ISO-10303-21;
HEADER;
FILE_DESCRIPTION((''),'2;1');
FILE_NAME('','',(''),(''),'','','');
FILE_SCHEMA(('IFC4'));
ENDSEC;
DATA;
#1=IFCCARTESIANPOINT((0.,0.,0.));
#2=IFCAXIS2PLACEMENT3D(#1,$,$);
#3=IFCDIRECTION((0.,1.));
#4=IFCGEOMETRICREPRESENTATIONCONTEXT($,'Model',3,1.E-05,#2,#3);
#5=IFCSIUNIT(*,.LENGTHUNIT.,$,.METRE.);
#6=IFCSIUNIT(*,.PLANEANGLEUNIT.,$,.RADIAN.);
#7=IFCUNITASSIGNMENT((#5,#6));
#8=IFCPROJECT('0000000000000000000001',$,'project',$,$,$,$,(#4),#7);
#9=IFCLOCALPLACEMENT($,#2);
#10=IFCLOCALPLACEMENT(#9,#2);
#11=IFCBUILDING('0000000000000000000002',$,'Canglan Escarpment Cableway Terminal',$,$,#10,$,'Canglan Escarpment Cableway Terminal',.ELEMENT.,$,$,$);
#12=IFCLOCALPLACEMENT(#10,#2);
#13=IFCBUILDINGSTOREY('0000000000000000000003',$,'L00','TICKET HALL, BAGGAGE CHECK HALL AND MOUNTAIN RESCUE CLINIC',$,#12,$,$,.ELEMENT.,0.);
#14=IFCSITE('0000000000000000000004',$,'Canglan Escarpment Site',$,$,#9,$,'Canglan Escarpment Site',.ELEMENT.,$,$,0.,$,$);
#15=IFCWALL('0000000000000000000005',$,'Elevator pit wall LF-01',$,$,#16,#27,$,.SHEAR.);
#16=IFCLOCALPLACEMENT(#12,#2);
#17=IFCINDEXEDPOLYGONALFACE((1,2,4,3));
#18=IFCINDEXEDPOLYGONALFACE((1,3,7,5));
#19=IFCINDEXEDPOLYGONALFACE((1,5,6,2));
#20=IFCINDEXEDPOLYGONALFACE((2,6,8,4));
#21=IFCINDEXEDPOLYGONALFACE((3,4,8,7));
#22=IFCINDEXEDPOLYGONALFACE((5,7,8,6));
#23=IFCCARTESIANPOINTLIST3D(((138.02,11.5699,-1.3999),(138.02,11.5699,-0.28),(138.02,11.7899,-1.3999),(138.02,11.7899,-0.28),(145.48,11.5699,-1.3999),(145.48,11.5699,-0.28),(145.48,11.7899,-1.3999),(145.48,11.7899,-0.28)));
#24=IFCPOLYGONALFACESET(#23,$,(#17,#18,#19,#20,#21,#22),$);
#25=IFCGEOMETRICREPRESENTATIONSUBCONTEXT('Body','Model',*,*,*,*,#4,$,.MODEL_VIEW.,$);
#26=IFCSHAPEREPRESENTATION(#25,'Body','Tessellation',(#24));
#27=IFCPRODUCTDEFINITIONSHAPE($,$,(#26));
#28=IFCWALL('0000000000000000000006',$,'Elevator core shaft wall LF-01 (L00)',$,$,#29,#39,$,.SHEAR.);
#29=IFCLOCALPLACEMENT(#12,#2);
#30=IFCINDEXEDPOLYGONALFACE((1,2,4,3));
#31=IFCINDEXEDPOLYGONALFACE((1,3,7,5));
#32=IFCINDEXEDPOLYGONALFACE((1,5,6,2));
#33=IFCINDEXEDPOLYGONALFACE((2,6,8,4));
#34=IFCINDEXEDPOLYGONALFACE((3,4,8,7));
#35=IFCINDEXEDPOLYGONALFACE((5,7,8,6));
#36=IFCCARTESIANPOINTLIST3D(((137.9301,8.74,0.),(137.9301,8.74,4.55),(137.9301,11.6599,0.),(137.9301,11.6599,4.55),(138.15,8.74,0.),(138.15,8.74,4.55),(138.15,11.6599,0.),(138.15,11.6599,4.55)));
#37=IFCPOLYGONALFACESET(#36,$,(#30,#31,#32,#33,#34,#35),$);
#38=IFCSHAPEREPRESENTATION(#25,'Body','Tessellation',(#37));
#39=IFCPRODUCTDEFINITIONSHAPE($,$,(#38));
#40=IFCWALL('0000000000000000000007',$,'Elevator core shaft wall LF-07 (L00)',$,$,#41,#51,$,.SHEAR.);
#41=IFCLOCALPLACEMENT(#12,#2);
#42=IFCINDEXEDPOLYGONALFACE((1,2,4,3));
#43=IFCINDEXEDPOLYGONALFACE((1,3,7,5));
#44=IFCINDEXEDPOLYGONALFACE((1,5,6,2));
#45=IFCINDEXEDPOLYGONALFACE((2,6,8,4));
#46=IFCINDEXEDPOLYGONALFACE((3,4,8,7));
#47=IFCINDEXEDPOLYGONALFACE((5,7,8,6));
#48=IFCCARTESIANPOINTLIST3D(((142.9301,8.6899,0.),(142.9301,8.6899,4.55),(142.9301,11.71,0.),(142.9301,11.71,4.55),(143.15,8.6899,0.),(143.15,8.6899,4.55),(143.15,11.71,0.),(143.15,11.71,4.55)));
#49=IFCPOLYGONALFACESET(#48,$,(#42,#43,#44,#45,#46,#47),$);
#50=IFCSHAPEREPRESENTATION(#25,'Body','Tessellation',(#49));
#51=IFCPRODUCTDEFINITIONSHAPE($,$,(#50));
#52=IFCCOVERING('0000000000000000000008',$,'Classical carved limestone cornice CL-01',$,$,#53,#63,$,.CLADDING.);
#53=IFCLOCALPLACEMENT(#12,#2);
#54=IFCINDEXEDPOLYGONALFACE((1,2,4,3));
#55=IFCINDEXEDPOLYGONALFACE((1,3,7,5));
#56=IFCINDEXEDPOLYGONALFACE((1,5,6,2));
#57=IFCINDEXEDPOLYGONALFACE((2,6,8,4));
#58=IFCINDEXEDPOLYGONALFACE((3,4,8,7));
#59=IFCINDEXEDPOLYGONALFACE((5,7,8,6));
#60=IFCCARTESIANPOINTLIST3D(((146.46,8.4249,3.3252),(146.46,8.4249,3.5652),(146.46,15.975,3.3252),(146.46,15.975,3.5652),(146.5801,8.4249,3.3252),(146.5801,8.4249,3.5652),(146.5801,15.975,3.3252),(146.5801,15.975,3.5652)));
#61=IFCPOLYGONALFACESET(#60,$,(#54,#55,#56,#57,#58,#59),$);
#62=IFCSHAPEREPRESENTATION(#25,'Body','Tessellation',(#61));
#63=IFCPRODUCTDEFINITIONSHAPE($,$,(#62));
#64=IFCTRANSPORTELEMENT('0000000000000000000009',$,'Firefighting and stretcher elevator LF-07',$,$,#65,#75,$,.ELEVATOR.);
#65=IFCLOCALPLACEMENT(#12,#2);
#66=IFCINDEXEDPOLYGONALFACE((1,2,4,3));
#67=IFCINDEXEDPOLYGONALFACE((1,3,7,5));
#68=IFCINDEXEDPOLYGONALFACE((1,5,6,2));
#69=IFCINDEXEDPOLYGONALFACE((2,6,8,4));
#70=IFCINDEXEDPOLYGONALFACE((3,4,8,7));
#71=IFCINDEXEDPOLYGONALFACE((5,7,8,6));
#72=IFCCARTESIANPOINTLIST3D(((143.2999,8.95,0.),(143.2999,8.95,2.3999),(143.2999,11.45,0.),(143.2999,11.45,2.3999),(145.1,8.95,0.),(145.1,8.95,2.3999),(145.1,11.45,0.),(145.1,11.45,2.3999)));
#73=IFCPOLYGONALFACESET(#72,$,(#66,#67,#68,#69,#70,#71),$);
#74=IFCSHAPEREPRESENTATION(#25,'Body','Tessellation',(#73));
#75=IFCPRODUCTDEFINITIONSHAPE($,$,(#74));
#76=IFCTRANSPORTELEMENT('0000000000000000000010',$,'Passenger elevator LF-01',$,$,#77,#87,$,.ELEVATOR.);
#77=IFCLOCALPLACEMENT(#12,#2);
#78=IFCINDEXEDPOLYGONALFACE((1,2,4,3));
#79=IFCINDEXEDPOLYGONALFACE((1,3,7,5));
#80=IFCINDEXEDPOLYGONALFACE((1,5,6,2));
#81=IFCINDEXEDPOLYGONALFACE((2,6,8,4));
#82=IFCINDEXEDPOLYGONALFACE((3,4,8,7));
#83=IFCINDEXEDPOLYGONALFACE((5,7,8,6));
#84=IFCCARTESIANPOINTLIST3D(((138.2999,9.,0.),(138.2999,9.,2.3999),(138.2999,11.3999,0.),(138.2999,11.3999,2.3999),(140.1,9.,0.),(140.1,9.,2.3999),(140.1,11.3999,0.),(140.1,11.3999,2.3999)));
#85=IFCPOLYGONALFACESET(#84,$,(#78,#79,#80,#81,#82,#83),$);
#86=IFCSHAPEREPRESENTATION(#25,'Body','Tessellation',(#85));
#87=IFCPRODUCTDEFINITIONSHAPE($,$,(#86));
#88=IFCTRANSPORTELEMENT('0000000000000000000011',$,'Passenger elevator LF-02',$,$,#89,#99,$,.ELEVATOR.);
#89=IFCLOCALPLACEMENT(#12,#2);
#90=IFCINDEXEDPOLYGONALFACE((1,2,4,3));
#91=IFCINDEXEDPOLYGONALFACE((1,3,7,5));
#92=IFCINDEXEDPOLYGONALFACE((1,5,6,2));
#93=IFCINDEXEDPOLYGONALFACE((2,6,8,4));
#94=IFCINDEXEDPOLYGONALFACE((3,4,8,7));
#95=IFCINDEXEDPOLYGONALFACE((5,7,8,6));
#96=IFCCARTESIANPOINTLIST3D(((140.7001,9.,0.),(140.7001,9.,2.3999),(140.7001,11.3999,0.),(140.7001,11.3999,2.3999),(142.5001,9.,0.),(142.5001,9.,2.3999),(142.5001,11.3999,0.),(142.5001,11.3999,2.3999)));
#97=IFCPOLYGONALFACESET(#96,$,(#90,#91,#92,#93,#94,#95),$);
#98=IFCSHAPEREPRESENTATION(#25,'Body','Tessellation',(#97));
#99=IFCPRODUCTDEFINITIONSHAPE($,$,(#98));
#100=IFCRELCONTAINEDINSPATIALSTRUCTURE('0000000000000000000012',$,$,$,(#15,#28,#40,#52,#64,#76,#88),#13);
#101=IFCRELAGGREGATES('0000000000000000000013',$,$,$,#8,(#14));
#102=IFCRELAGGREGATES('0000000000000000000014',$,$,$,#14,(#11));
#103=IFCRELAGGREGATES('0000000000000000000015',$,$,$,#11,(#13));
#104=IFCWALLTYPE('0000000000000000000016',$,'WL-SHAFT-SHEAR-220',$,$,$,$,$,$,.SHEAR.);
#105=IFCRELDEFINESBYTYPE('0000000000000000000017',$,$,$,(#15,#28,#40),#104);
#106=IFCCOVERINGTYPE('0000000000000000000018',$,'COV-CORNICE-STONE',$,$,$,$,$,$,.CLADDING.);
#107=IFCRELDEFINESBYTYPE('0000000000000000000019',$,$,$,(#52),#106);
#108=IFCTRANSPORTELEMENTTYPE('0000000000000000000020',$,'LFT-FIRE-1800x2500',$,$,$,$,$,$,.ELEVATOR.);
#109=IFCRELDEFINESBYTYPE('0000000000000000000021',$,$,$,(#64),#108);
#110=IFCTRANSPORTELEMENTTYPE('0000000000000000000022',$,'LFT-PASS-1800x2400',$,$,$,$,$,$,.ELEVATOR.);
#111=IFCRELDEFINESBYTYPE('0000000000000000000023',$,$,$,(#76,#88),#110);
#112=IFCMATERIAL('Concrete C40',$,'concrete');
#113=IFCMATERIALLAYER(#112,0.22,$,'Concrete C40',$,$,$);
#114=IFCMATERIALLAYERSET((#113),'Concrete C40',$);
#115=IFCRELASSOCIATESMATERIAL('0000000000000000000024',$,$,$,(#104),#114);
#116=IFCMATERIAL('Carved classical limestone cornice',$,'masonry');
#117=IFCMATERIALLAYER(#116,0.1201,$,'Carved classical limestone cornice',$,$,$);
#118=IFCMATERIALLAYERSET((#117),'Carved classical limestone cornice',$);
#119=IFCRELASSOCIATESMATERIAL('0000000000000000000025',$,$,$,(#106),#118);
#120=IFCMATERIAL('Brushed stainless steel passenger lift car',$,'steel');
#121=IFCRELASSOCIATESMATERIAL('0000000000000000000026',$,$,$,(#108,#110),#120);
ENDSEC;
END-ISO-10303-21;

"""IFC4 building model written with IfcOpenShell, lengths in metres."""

from ifc_helpers import new_model, si_unit, direction, frame, frame_2d, origin, origin_2d, place, context, subcontext, project, spatial, rectangle, extrude, material, layer, layer_set, type_object, element, save


model = new_model("IFC4")

# Units and contexts
model_context = context("Model", 3, precision=1e-05, world=origin(), true_north=direction((0.0, 1.0)))
body_context = subcontext(model_context, "Body", "Model", "MODEL_VIEW")
ifc_project = project(units=[si_unit("LENGTHUNIT", "METRE"), si_unit("PLANEANGLEUNIT", "RADIAN")], contexts=[model_context])

# Site, building, storey
site_placement = place(None, origin())
site = spatial("IfcSite", under=ifc_project, at=site_placement, Name="Canglan Escarpment Site", LongName="Canglan Escarpment Site", CompositionType="ELEMENT", RefElevation=0.0)
building_placement = place(site_placement, origin())
building = spatial("IfcBuilding", under=site, at=building_placement, Name="Canglan Escarpment Cableway Terminal", LongName="Canglan Escarpment Cableway Terminal", CompositionType="ELEMENT")
storey_placement = place(building_placement, origin())
storey = spatial("IfcBuildingStorey", under=building, at=storey_placement, Name="L00", Description="TICKET HALL, BAGGAGE CHECK HALL AND MOUNTAIN RESCUE CLINIC", CompositionType="ELEMENT", Elevation=0.0)

# Shared definitions
ifc_material_1 = material(Name="Concrete C40", Category="concrete")

# Wall
ifc_layer_1 = layer(ifc_material_1, 0.22, Name="Concrete C40")
ifc_layer_set_1 = layer_set([ifc_layer_1], Name="Concrete C40")
wall_type_1 = type_object("IfcWallType", Name="WL-SHAFT-SHEAR-220", PredefinedType="SHEAR", material=ifc_layer_set_1)
wall_1_placement = place(storey_placement, frame((138.02, 11.6799, -1.3999), z_axis=(0.0, 0.0, 1.0), x_axis=(1.0, 0.0, 0.0)))
element("IfcWall", 1, at=wall_1_placement, inside=storey, type_object=wall_type_1, Name="Elevator pit wall LF-01", PredefinedType="SHEAR", context=body_context, shape_type="SweptSolid", body=[
    extrude(rectangle(XDim=7.46, YDim=0.22, at=frame_2d((3.73, 0.0))), origin(), (0.0, 0.0, 1.0), 1.1199),
])

# Wall
wall_2_placement = place(storey_placement, frame((138.04, 11.6599, 0.0), z_axis=(0.0, 0.0, 1.0), x_axis=(0.0, -1.0, 0.0)))
element("IfcWall", 2, at=wall_2_placement, inside=storey, type_object=wall_type_1, Name="Elevator core shaft wall LF-01 (L00)", PredefinedType="SHEAR", context=body_context, shape_type="SweptSolid", body=[
    extrude(rectangle(XDim=2.9199, YDim=0.22, at=frame_2d((1.46, 0.0))), origin(), (0.0, 0.0, 1.0), 4.55),
])

# Wall
wall_3_placement = place(storey_placement, frame((143.04, 11.71, 0.0), z_axis=(0.0, 0.0, 1.0), x_axis=(0.0, -1.0, 0.0)))
element("IfcWall", 3, at=wall_3_placement, inside=storey, type_object=wall_type_1, Name="Elevator core shaft wall LF-07 (L00)", PredefinedType="SHEAR", context=body_context, shape_type="SweptSolid", body=[
    extrude(rectangle(XDim=3.02, YDim=0.22, at=frame_2d((1.51, 0.0))), origin(), (0.0, 0.0, 1.0), 4.55),
])

# Covering
ifc_material_2 = material(Name="Carved classical limestone cornice", Category="masonry")
ifc_layer_2 = layer(ifc_material_2, 0.1201, Name="Carved classical limestone cornice")
ifc_layer_set_2 = layer_set([ifc_layer_2], Name="Carved classical limestone cornice")
covering_type = type_object("IfcCoveringType", Name="COV-CORNICE-STONE", PredefinedType="CLADDING", material=ifc_layer_set_2)
covering_placement = place(storey_placement, frame((146.52, 12.2, 3.3252), z_axis=(0.0, 0.0, 1.0), x_axis=(0.0, 1.0, 0.0)))
element("IfcCovering", 4, at=covering_placement, inside=storey, type_object=covering_type, Name="Classical carved limestone cornice CL-01", PredefinedType="CLADDING", context=body_context, shape_type="SweptSolid", body=[
    extrude(rectangle(XDim=7.55, YDim=0.1201, at=origin_2d()), origin(), (0.0, 0.0, 1.0), 0.24),
])

# Transport elements
ifc_material_3 = material(Name="Brushed stainless steel passenger lift car", Category="steel")
transport_element_type_1 = type_object("IfcTransportElementType", Name="LFT-FIRE-1800x2500", PredefinedType="ELEVATOR", material=ifc_material_3)
transport_element_placement = place(storey_placement, frame((144.2, 10.2, 0.0), z_axis=(0.0, 0.0, 1.0), x_axis=(1.0, 0.0, 0.0)))
element("IfcTransportElement", 5, at=transport_element_placement, inside=storey, type_object=transport_element_type_1, Name="Firefighting and stretcher elevator LF-07", PredefinedType="ELEVATOR", context=body_context, shape_type="SweptSolid", body=[
    extrude(rectangle(XDim=1.8, YDim=2.5, at=origin_2d()), origin(), (0.0, 0.0, 1.0), 2.3999),
])
transport_element_type_2 = type_object("IfcTransportElementType", Name="LFT-PASS-1800x2400", PredefinedType="ELEVATOR", material=ifc_material_3)
for number, where, z_axis, x_axis, name in (
    (6, (139.2, 10.2, 0.0), (0.0, 0.0, 1.0), (1.0, 0.0, 0.0), "Passenger elevator LF-01"),
    (7, (141.6001, 10.2, 0.0), (0.0, 0.0, 1.0), (1.0, 0.0, 0.0), "Passenger elevator LF-02"),
):
    element("IfcTransportElement", number, at=place(storey_placement, frame(where, z_axis=z_axis, x_axis=x_axis)), inside=storey, type_object=transport_element_type_2, Name=name, PredefinedType="ELEVATOR", context=body_context, shape_type="SweptSolid", body=[
        extrude(rectangle(XDim=1.8, YDim=2.3999, at=origin_2d()), origin(), (0.0, 0.0, 1.0), 2.3999),
    ])

save(model, "model.ifc")
